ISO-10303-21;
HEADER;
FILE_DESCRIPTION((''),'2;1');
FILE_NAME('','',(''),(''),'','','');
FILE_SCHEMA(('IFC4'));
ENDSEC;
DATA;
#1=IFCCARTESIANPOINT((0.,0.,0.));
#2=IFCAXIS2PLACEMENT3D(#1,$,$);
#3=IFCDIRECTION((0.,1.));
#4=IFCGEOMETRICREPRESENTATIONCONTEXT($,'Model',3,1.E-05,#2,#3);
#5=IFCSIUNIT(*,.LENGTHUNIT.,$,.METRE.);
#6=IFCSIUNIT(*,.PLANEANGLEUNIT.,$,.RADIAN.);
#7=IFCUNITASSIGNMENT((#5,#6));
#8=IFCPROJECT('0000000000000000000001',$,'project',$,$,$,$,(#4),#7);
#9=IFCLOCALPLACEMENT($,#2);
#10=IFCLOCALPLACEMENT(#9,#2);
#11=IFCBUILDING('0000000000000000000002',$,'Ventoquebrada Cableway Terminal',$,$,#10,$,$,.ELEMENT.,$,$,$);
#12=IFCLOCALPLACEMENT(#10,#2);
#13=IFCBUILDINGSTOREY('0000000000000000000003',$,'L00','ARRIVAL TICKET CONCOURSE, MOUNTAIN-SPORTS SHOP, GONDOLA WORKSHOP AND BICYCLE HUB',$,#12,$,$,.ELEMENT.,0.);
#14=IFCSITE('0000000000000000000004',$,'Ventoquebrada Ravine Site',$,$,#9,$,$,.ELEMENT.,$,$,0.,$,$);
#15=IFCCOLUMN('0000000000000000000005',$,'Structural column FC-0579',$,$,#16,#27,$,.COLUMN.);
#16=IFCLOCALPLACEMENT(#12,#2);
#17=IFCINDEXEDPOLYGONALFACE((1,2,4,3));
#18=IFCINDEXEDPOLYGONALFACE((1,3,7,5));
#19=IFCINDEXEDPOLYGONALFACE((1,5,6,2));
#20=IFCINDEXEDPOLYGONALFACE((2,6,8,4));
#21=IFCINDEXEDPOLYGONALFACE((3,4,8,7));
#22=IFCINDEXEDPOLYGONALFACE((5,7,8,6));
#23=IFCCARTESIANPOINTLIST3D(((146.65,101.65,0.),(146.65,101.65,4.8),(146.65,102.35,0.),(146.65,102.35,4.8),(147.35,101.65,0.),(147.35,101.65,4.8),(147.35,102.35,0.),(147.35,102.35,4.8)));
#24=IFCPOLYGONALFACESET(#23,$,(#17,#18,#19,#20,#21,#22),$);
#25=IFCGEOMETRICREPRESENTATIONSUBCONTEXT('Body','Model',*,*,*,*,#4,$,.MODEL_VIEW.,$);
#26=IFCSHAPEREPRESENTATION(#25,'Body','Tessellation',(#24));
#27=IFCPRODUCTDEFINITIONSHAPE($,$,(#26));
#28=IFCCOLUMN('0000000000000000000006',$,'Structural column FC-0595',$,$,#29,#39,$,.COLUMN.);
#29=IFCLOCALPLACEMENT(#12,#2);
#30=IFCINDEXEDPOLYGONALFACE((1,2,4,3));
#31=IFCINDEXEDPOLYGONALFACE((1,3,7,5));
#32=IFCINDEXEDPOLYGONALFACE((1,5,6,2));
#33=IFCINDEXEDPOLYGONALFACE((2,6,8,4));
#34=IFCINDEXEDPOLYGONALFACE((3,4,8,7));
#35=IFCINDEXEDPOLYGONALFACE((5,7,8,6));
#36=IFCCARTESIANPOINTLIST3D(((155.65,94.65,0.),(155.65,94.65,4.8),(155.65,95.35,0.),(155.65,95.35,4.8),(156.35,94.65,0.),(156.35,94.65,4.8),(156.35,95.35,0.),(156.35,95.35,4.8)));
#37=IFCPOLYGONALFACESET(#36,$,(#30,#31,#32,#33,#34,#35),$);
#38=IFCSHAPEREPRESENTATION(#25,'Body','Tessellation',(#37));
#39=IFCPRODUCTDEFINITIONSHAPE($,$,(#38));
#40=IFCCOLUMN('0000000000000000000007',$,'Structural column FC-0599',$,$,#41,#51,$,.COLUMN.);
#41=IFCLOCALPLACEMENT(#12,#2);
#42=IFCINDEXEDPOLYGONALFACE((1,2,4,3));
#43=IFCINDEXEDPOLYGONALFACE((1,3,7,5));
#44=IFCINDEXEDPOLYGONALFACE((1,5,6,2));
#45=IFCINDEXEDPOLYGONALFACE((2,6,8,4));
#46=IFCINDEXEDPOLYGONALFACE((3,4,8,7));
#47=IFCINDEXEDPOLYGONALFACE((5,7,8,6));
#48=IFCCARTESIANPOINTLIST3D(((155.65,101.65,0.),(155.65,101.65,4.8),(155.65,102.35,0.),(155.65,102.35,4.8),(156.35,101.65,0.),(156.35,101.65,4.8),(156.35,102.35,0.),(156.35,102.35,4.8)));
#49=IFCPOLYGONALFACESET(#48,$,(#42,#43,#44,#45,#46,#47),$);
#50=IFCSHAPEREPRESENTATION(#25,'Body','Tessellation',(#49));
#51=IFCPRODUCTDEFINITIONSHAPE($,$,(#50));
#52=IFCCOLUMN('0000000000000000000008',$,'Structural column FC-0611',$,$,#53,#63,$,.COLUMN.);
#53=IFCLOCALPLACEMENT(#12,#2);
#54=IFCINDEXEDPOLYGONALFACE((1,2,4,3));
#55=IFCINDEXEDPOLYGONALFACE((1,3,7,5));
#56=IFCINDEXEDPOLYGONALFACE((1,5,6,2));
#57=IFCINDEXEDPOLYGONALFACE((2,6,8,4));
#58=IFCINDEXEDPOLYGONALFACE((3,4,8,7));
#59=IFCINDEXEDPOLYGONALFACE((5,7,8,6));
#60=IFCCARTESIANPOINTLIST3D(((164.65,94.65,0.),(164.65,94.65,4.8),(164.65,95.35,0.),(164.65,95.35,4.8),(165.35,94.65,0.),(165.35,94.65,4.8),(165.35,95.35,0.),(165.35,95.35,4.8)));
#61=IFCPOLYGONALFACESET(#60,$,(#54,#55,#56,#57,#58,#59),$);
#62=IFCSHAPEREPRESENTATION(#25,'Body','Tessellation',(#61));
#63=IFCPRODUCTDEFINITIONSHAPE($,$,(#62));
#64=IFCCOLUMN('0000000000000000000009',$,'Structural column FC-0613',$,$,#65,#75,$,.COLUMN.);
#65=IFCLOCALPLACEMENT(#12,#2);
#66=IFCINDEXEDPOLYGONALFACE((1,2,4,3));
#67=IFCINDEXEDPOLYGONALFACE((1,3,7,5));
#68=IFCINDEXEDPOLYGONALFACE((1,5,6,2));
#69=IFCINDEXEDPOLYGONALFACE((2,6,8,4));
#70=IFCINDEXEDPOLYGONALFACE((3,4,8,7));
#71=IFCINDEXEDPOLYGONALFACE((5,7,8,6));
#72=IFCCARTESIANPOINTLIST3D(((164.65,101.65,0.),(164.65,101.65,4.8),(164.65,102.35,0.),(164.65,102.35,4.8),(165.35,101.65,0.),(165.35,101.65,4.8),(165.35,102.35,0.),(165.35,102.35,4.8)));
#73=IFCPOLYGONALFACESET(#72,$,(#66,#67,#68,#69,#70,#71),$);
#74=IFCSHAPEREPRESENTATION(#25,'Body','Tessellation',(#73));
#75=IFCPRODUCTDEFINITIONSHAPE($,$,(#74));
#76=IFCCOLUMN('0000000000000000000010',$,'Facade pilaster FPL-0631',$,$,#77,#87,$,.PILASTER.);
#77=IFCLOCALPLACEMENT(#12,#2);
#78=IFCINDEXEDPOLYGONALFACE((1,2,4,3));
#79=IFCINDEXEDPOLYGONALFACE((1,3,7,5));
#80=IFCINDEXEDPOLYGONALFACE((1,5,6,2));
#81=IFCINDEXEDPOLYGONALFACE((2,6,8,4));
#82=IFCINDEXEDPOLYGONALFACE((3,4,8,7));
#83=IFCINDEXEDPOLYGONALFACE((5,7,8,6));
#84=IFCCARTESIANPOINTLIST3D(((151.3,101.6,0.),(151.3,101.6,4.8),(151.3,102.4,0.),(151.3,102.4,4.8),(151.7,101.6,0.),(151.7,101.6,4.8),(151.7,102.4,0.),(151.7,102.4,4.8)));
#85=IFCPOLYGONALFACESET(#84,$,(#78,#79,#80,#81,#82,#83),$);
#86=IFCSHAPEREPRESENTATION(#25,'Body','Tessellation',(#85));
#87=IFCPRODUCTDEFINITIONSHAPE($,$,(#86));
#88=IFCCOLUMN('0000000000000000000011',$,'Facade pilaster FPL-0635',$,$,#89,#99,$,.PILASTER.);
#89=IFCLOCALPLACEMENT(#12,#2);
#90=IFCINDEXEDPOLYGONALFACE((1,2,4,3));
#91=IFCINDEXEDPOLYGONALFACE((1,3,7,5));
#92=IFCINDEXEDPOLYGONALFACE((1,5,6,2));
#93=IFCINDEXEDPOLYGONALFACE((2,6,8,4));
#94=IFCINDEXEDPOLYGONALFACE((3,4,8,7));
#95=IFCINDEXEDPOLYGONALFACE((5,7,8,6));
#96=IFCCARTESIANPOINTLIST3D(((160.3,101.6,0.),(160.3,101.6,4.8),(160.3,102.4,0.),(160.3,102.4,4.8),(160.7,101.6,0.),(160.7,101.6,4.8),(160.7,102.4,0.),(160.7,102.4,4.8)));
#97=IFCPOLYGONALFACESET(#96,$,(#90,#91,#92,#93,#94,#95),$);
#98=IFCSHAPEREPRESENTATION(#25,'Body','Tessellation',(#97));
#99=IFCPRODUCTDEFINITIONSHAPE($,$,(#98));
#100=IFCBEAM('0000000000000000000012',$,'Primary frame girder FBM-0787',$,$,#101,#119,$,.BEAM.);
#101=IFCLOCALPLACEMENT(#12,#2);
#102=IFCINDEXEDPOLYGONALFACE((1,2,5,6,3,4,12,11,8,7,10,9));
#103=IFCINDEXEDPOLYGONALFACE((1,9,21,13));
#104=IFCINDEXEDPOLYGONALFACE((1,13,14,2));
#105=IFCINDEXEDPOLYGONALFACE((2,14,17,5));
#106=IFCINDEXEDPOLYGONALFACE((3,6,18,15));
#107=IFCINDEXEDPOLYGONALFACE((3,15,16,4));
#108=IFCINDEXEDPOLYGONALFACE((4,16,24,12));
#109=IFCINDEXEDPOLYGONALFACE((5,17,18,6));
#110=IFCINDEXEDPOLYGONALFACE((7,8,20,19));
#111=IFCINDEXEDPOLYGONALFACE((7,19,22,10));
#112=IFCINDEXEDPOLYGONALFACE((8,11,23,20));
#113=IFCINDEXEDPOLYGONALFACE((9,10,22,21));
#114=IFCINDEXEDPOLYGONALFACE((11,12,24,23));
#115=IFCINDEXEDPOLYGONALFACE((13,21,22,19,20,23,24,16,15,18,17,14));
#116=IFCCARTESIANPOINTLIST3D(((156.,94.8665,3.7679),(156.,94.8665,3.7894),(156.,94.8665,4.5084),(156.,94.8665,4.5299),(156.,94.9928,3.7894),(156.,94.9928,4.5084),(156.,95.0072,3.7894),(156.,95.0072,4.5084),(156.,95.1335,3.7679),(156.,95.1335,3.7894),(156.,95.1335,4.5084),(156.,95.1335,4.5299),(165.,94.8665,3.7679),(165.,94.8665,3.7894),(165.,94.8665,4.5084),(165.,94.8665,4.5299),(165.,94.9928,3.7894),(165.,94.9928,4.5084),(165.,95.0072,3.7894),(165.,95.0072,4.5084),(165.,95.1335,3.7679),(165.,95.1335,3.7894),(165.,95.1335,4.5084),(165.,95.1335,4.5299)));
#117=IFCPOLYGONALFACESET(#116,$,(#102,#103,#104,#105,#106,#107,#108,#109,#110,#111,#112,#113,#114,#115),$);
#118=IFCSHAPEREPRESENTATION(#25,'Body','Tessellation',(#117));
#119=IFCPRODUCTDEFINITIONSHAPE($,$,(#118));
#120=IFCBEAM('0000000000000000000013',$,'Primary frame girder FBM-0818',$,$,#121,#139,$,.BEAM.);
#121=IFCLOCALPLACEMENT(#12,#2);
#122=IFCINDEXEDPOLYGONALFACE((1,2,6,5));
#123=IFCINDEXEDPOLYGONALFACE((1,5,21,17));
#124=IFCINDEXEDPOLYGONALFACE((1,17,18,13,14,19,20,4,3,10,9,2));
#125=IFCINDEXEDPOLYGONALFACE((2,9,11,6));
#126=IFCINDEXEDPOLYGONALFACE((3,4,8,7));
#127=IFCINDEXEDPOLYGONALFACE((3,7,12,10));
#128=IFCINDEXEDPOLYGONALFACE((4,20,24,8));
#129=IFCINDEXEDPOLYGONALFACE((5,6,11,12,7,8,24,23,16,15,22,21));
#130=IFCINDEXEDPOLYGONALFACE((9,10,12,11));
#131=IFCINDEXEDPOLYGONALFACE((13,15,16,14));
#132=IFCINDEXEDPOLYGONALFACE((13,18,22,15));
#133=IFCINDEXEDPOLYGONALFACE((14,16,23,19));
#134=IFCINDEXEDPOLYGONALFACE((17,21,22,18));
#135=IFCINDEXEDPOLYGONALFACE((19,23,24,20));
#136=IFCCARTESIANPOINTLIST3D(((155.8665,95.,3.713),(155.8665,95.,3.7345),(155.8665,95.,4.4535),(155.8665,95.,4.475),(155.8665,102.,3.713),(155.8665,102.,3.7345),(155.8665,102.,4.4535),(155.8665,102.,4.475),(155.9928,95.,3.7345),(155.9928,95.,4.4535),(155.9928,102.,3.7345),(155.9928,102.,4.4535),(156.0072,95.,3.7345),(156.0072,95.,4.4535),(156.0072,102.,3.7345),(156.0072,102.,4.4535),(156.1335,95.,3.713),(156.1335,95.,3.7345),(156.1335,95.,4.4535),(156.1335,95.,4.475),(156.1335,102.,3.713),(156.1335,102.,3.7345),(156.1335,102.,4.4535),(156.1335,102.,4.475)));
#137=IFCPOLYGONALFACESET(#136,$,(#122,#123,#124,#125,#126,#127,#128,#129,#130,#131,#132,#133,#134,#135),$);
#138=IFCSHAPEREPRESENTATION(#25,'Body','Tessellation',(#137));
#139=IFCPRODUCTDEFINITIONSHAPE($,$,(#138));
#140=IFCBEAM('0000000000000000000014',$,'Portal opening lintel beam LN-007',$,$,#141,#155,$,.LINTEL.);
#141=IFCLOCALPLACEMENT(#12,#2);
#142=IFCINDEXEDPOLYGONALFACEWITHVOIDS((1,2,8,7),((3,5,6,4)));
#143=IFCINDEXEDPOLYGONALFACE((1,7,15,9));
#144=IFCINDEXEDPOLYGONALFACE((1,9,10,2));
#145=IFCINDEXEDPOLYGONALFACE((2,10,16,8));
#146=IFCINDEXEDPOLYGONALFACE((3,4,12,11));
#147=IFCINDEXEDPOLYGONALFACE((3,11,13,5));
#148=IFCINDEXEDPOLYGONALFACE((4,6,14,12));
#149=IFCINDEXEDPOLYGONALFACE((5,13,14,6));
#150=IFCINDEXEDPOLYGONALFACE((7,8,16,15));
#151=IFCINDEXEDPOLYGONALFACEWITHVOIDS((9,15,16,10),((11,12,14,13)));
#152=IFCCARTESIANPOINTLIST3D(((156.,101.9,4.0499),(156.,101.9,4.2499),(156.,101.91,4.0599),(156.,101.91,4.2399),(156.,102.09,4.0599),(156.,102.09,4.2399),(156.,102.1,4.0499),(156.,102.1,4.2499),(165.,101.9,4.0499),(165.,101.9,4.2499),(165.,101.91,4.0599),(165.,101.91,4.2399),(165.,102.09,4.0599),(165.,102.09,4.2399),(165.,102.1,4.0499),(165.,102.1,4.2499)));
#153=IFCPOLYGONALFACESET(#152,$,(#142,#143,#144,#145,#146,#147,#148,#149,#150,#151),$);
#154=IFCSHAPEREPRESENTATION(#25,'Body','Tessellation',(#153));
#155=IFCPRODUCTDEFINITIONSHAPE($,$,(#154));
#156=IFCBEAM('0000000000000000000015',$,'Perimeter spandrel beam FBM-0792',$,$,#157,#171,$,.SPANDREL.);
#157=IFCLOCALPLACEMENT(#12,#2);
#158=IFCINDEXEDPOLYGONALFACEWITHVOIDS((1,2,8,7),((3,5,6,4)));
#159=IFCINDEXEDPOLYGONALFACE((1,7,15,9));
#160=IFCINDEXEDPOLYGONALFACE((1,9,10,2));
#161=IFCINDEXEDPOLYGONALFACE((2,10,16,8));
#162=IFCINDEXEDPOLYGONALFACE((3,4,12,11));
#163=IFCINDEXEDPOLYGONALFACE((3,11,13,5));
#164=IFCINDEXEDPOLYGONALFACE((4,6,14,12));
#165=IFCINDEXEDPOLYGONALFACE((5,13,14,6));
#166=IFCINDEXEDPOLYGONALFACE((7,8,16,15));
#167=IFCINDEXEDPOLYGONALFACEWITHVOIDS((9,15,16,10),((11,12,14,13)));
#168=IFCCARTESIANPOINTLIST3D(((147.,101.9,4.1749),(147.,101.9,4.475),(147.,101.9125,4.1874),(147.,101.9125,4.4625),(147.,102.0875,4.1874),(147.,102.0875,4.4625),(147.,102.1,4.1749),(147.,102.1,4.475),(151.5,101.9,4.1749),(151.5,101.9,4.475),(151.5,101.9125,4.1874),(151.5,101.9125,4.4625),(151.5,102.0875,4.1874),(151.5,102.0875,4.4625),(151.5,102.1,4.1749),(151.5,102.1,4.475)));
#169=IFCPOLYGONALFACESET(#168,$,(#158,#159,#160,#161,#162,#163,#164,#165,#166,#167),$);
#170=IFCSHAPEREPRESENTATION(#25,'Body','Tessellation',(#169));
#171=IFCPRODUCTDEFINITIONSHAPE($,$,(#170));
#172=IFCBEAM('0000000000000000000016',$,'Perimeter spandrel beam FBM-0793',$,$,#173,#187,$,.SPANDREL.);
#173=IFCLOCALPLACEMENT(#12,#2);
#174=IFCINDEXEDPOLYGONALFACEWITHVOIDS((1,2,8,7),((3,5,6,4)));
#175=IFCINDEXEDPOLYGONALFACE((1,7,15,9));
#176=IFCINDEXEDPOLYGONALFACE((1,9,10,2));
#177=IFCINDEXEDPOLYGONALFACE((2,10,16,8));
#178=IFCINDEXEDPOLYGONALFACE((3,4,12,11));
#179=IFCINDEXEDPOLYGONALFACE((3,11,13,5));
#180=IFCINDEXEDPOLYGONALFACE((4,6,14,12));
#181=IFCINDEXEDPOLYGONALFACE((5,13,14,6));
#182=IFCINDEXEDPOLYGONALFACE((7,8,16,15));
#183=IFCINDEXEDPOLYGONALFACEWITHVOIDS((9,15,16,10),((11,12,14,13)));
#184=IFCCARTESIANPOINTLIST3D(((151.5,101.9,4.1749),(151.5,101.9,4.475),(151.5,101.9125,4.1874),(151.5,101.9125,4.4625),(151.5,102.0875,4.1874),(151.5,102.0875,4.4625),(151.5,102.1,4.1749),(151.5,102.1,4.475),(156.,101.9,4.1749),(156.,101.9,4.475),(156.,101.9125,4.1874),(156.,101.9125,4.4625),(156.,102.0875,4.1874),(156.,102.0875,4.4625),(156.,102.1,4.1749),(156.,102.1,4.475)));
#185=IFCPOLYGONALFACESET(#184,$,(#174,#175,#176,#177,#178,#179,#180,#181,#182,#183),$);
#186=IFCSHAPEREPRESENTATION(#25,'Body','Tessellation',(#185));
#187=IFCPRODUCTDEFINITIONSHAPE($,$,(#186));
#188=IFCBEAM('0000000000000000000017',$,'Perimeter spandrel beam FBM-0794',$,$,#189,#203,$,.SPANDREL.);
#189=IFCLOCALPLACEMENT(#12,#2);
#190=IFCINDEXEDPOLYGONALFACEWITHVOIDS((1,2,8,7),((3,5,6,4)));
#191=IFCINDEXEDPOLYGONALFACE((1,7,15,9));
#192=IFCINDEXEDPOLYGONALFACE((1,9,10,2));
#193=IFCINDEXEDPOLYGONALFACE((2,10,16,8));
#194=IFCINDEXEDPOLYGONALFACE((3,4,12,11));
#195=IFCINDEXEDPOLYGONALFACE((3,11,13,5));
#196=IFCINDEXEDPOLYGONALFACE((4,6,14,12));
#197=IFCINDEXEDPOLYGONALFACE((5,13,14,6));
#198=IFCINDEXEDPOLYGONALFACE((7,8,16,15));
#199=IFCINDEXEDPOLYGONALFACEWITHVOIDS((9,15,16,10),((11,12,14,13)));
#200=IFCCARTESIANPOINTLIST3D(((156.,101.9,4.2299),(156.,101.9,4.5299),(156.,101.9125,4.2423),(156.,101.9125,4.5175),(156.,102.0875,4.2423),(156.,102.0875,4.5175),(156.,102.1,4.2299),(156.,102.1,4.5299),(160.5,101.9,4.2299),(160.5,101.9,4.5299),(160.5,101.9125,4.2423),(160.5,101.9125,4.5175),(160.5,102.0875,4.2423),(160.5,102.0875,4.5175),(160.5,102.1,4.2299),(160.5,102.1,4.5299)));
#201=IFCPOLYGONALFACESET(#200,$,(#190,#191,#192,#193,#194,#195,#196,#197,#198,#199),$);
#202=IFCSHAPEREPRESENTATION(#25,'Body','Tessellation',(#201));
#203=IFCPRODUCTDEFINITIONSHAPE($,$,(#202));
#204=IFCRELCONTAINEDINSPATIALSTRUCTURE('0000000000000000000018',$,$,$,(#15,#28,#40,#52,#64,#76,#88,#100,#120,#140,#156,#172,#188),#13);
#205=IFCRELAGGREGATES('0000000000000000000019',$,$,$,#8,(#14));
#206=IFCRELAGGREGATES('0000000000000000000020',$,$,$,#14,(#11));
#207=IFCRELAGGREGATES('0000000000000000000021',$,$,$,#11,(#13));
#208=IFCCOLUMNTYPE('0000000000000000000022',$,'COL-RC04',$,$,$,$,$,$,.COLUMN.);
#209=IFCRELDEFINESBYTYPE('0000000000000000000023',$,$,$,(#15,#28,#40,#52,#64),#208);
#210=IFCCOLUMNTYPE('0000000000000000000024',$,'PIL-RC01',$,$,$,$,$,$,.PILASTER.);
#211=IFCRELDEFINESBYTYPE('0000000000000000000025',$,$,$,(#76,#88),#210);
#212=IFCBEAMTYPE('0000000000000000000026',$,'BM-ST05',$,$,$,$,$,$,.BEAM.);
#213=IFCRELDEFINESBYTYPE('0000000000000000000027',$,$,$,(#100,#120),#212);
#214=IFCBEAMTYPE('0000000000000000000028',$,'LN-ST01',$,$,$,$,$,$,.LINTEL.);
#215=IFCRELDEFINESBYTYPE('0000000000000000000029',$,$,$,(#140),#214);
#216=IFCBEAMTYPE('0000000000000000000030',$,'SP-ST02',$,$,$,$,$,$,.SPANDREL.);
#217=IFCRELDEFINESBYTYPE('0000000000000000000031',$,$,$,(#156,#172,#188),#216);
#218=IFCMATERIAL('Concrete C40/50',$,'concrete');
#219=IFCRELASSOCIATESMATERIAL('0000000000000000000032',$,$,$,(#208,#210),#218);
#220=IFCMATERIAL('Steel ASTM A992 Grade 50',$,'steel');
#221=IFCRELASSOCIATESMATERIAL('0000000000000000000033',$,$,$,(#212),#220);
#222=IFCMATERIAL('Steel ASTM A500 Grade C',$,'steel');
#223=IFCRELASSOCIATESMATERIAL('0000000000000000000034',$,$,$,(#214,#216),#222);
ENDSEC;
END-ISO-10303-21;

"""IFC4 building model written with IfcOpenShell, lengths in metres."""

from ifc_helpers import new_model, si_unit, direction, frame, origin, origin_2d, place, context, subcontext, project, spatial, rectangle, hollow_rectangle, i_section, extrude, material, material_profile, profile_set, type_object, element, save


model = new_model("IFC4")

# Units and contexts
model_context = context("Model", 3, precision=1e-05, world=origin(), true_north=direction((0.0, 1.0)))
body_context = subcontext(model_context, "Body", "Model", "MODEL_VIEW")
ifc_project = project(units=[si_unit("LENGTHUNIT", "METRE"), si_unit("PLANEANGLEUNIT", "RADIAN")], contexts=[model_context])

# Site, building, storey
site_placement = place(None, origin())
site = spatial("IfcSite", under=ifc_project, at=site_placement, Name="Ventoquebrada Ravine Site", CompositionType="ELEMENT", RefElevation=0.0)
building_placement = place(site_placement, origin())
building = spatial("IfcBuilding", under=site, at=building_placement, Name="Ventoquebrada Cableway Terminal", CompositionType="ELEMENT")
storey_placement = place(building_placement, origin())
storey = spatial("IfcBuildingStorey", under=building, at=storey_placement, Name="L00", Description="ARRIVAL TICKET CONCOURSE, MOUNTAIN-SPORTS SHOP, GONDOLA WORKSHOP AND BICYCLE HUB", CompositionType="ELEMENT", Elevation=0.0)

# Columns
ifc_material_1 = material(Name="Concrete C40/50", Category="concrete")
ifc_material_profile_1 = material_profile(ifc_material_1, rectangle(XDim=0.7, YDim=0.7, at=origin_2d()), Name="RC-COL-700X700")
ifc_profile_set_1 = profile_set([ifc_material_profile_1], Name="Concrete C40/50")
column_type_1 = type_object("IfcColumnType", Name="COL-RC04", PredefinedType="COLUMN", material=ifc_profile_set_1)
for number, where, z_axis, x_axis, name in (
    (1, (147.0, 102.0, 0.0), (0.0, 0.0, 1.0), (1.0, 0.0, 0.0), "Structural column FC-0579"),
    (2, (156.0, 95.0, 0.0), (0.0, 0.0, 1.0), (1.0, 0.0, 0.0), "Structural column FC-0595"),
    (3, (156.0, 102.0, 0.0), (0.0, 0.0, 1.0), (1.0, 0.0, 0.0), "Structural column FC-0599"),
    (4, (165.0, 95.0, 0.0), (0.0, 0.0, 1.0), (1.0, 0.0, 0.0), "Structural column FC-0611"),
    (5, (165.0, 102.0, 0.0), (0.0, 0.0, 1.0), (1.0, 0.0, 0.0), "Structural column FC-0613"),
):
    element("IfcColumn", number, at=place(storey_placement, frame(where, z_axis=z_axis, x_axis=x_axis)), inside=storey, type_object=column_type_1, Name=name, PredefinedType="COLUMN", context=body_context, shape_type="SweptSolid", body=[
        extrude(rectangle(XDim=0.7, YDim=0.7, at=origin_2d()), origin(), (0.0, 0.0, 1.0), 4.8),
    ])
ifc_material_profile_2 = material_profile(ifc_material_1, rectangle(XDim=0.3999, YDim=0.8, at=origin_2d()), Name="RC-PIL-400X800")
ifc_profile_set_2 = profile_set([ifc_material_profile_2], Name="Concrete C40/50")
column_type_2 = type_object("IfcColumnType", Name="PIL-RC01", PredefinedType="PILASTER", material=ifc_profile_set_2)
for number, where, z_axis, x_axis, name in (
    (6, (151.5, 102.0, 0.0), (0.0, 0.0, 1.0), (1.0, 0.0, 0.0), "Facade pilaster FPL-0631"),
    (7, (160.5, 102.0, 0.0), (0.0, 0.0, 1.0), (1.0, 0.0, 0.0), "Facade pilaster FPL-0635"),
):
    element("IfcColumn", number, at=place(storey_placement, frame(where, z_axis=z_axis, x_axis=x_axis)), inside=storey, type_object=column_type_2, Name=name, PredefinedType="PILASTER", context=body_context, shape_type="SweptSolid", body=[
        extrude(rectangle(XDim=0.3999, YDim=0.8, at=origin_2d()), origin(), (0.0, 0.0, 1.0), 4.8),
    ])

# Beams
ifc_material_2 = material(Name="Steel ASTM A992 Grade 50", Category="steel")
ifc_material_profile_3 = material_profile(ifc_material_2, i_section(OverallWidth=0.2671, OverallDepth=0.762, WebThickness=0.0144, FlangeThickness=0.0215, at=origin_2d()), Name="W30X116")
ifc_profile_set_3 = profile_set([ifc_material_profile_3], Name="Steel ASTM A992 Grade 50")
beam_type_1 = type_object("IfcBeamType", Name="BM-ST05", PredefinedType="BEAM", material=ifc_profile_set_3)
beam_1_placement = place(storey_placement, frame((156.0, 95.0, 4.1489), z_axis=(1.0, 0.0, 0.0), x_axis=(0.0, 1.0, 0.0)))
element("IfcBeam", 8, at=beam_1_placement, inside=storey, type_object=beam_type_1, Name="Primary frame girder FBM-0787", PredefinedType="BEAM", context=body_context, shape_type="SweptSolid", body=[
    extrude(i_section(OverallWidth=0.2671, OverallDepth=0.762, WebThickness=0.0144, FlangeThickness=0.0215, at=origin_2d()), origin(), (0.0, 0.0, 1.0), 9.0),
])
beam_2_placement = place(storey_placement, frame((156.0, 95.0, 4.094), z_axis=(0.0, 1.0, 0.0), x_axis=(-1.0, 0.0, 0.0)))
element("IfcBeam", 9, at=beam_2_placement, inside=storey, type_object=beam_type_1, Name="Primary frame girder FBM-0818", PredefinedType="BEAM", context=body_context, shape_type="SweptSolid", body=[
    extrude(i_section(OverallWidth=0.2671, OverallDepth=0.762, WebThickness=0.0144, FlangeThickness=0.0215, at=origin_2d()), origin(), (0.0, 0.0, 1.0), 7.0),
])
ifc_material_3 = material(Name="Steel ASTM A500 Grade C", Category="steel")
ifc_material_profile_4 = material_profile(ifc_material_3, hollow_rectangle(XDim=0.2, YDim=0.2, WallThickness=0.01, at=origin_2d()), Name="HSS200X200X10")
ifc_profile_set_4 = profile_set([ifc_material_profile_4], Name="Steel ASTM A500 Grade C")
beam_type_2 = type_object("IfcBeamType", Name="LN-ST01", PredefinedType="LINTEL", material=ifc_profile_set_4)
beam_3_placement = place(storey_placement, frame((156.0, 102.0, 4.1499), z_axis=(1.0, 0.0, 0.0), x_axis=(0.0, 1.0, 0.0)))
element("IfcBeam", 10, at=beam_3_placement, inside=storey, type_object=beam_type_2, Name="Portal opening lintel beam LN-007", PredefinedType="LINTEL", context=body_context, shape_type="SweptSolid", body=[
    extrude(hollow_rectangle(XDim=0.2, YDim=0.2, WallThickness=0.01, at=origin_2d()), origin(), (0.0, 0.0, 1.0), 9.0),
])
ifc_material_profile_5 = material_profile(ifc_material_3, hollow_rectangle(XDim=0.2, YDim=0.3, WallThickness=0.0125, at=origin_2d()), Name="RHS300X200X12.5")
ifc_profile_set_5 = profile_set([ifc_material_profile_5], Name="Steel ASTM A500 Grade C")
beam_type_3 = type_object("IfcBeamType", Name="SP-ST02", PredefinedType="SPANDREL", material=ifc_profile_set_5)
for number, where, z_axis, x_axis, name in (
    (11, (147.0, 102.0, 4.325), (1.0, 0.0, 0.0), (0.0, 1.0, 0.0), "Perimeter spandrel beam FBM-0792"),
    (12, (151.5, 102.0, 4.325), (1.0, 0.0, 0.0), (0.0, 1.0, 0.0), "Perimeter spandrel beam FBM-0793"),
    (13, (156.0, 102.0, 4.3799), (1.0, 0.0, 0.0), (0.0, 1.0, 0.0), "Perimeter spandrel beam FBM-0794"),
):
    element("IfcBeam", number, at=place(storey_placement, frame(where, z_axis=z_axis, x_axis=x_axis)), inside=storey, type_object=beam_type_3, Name=name, PredefinedType="SPANDREL", context=body_context, shape_type="SweptSolid", body=[
        extrude(hollow_rectangle(XDim=0.2, YDim=0.3, WallThickness=0.0125, at=origin_2d()), origin(), (0.0, 0.0, 1.0), 4.5),
    ])

save(model, "model.ifc")
